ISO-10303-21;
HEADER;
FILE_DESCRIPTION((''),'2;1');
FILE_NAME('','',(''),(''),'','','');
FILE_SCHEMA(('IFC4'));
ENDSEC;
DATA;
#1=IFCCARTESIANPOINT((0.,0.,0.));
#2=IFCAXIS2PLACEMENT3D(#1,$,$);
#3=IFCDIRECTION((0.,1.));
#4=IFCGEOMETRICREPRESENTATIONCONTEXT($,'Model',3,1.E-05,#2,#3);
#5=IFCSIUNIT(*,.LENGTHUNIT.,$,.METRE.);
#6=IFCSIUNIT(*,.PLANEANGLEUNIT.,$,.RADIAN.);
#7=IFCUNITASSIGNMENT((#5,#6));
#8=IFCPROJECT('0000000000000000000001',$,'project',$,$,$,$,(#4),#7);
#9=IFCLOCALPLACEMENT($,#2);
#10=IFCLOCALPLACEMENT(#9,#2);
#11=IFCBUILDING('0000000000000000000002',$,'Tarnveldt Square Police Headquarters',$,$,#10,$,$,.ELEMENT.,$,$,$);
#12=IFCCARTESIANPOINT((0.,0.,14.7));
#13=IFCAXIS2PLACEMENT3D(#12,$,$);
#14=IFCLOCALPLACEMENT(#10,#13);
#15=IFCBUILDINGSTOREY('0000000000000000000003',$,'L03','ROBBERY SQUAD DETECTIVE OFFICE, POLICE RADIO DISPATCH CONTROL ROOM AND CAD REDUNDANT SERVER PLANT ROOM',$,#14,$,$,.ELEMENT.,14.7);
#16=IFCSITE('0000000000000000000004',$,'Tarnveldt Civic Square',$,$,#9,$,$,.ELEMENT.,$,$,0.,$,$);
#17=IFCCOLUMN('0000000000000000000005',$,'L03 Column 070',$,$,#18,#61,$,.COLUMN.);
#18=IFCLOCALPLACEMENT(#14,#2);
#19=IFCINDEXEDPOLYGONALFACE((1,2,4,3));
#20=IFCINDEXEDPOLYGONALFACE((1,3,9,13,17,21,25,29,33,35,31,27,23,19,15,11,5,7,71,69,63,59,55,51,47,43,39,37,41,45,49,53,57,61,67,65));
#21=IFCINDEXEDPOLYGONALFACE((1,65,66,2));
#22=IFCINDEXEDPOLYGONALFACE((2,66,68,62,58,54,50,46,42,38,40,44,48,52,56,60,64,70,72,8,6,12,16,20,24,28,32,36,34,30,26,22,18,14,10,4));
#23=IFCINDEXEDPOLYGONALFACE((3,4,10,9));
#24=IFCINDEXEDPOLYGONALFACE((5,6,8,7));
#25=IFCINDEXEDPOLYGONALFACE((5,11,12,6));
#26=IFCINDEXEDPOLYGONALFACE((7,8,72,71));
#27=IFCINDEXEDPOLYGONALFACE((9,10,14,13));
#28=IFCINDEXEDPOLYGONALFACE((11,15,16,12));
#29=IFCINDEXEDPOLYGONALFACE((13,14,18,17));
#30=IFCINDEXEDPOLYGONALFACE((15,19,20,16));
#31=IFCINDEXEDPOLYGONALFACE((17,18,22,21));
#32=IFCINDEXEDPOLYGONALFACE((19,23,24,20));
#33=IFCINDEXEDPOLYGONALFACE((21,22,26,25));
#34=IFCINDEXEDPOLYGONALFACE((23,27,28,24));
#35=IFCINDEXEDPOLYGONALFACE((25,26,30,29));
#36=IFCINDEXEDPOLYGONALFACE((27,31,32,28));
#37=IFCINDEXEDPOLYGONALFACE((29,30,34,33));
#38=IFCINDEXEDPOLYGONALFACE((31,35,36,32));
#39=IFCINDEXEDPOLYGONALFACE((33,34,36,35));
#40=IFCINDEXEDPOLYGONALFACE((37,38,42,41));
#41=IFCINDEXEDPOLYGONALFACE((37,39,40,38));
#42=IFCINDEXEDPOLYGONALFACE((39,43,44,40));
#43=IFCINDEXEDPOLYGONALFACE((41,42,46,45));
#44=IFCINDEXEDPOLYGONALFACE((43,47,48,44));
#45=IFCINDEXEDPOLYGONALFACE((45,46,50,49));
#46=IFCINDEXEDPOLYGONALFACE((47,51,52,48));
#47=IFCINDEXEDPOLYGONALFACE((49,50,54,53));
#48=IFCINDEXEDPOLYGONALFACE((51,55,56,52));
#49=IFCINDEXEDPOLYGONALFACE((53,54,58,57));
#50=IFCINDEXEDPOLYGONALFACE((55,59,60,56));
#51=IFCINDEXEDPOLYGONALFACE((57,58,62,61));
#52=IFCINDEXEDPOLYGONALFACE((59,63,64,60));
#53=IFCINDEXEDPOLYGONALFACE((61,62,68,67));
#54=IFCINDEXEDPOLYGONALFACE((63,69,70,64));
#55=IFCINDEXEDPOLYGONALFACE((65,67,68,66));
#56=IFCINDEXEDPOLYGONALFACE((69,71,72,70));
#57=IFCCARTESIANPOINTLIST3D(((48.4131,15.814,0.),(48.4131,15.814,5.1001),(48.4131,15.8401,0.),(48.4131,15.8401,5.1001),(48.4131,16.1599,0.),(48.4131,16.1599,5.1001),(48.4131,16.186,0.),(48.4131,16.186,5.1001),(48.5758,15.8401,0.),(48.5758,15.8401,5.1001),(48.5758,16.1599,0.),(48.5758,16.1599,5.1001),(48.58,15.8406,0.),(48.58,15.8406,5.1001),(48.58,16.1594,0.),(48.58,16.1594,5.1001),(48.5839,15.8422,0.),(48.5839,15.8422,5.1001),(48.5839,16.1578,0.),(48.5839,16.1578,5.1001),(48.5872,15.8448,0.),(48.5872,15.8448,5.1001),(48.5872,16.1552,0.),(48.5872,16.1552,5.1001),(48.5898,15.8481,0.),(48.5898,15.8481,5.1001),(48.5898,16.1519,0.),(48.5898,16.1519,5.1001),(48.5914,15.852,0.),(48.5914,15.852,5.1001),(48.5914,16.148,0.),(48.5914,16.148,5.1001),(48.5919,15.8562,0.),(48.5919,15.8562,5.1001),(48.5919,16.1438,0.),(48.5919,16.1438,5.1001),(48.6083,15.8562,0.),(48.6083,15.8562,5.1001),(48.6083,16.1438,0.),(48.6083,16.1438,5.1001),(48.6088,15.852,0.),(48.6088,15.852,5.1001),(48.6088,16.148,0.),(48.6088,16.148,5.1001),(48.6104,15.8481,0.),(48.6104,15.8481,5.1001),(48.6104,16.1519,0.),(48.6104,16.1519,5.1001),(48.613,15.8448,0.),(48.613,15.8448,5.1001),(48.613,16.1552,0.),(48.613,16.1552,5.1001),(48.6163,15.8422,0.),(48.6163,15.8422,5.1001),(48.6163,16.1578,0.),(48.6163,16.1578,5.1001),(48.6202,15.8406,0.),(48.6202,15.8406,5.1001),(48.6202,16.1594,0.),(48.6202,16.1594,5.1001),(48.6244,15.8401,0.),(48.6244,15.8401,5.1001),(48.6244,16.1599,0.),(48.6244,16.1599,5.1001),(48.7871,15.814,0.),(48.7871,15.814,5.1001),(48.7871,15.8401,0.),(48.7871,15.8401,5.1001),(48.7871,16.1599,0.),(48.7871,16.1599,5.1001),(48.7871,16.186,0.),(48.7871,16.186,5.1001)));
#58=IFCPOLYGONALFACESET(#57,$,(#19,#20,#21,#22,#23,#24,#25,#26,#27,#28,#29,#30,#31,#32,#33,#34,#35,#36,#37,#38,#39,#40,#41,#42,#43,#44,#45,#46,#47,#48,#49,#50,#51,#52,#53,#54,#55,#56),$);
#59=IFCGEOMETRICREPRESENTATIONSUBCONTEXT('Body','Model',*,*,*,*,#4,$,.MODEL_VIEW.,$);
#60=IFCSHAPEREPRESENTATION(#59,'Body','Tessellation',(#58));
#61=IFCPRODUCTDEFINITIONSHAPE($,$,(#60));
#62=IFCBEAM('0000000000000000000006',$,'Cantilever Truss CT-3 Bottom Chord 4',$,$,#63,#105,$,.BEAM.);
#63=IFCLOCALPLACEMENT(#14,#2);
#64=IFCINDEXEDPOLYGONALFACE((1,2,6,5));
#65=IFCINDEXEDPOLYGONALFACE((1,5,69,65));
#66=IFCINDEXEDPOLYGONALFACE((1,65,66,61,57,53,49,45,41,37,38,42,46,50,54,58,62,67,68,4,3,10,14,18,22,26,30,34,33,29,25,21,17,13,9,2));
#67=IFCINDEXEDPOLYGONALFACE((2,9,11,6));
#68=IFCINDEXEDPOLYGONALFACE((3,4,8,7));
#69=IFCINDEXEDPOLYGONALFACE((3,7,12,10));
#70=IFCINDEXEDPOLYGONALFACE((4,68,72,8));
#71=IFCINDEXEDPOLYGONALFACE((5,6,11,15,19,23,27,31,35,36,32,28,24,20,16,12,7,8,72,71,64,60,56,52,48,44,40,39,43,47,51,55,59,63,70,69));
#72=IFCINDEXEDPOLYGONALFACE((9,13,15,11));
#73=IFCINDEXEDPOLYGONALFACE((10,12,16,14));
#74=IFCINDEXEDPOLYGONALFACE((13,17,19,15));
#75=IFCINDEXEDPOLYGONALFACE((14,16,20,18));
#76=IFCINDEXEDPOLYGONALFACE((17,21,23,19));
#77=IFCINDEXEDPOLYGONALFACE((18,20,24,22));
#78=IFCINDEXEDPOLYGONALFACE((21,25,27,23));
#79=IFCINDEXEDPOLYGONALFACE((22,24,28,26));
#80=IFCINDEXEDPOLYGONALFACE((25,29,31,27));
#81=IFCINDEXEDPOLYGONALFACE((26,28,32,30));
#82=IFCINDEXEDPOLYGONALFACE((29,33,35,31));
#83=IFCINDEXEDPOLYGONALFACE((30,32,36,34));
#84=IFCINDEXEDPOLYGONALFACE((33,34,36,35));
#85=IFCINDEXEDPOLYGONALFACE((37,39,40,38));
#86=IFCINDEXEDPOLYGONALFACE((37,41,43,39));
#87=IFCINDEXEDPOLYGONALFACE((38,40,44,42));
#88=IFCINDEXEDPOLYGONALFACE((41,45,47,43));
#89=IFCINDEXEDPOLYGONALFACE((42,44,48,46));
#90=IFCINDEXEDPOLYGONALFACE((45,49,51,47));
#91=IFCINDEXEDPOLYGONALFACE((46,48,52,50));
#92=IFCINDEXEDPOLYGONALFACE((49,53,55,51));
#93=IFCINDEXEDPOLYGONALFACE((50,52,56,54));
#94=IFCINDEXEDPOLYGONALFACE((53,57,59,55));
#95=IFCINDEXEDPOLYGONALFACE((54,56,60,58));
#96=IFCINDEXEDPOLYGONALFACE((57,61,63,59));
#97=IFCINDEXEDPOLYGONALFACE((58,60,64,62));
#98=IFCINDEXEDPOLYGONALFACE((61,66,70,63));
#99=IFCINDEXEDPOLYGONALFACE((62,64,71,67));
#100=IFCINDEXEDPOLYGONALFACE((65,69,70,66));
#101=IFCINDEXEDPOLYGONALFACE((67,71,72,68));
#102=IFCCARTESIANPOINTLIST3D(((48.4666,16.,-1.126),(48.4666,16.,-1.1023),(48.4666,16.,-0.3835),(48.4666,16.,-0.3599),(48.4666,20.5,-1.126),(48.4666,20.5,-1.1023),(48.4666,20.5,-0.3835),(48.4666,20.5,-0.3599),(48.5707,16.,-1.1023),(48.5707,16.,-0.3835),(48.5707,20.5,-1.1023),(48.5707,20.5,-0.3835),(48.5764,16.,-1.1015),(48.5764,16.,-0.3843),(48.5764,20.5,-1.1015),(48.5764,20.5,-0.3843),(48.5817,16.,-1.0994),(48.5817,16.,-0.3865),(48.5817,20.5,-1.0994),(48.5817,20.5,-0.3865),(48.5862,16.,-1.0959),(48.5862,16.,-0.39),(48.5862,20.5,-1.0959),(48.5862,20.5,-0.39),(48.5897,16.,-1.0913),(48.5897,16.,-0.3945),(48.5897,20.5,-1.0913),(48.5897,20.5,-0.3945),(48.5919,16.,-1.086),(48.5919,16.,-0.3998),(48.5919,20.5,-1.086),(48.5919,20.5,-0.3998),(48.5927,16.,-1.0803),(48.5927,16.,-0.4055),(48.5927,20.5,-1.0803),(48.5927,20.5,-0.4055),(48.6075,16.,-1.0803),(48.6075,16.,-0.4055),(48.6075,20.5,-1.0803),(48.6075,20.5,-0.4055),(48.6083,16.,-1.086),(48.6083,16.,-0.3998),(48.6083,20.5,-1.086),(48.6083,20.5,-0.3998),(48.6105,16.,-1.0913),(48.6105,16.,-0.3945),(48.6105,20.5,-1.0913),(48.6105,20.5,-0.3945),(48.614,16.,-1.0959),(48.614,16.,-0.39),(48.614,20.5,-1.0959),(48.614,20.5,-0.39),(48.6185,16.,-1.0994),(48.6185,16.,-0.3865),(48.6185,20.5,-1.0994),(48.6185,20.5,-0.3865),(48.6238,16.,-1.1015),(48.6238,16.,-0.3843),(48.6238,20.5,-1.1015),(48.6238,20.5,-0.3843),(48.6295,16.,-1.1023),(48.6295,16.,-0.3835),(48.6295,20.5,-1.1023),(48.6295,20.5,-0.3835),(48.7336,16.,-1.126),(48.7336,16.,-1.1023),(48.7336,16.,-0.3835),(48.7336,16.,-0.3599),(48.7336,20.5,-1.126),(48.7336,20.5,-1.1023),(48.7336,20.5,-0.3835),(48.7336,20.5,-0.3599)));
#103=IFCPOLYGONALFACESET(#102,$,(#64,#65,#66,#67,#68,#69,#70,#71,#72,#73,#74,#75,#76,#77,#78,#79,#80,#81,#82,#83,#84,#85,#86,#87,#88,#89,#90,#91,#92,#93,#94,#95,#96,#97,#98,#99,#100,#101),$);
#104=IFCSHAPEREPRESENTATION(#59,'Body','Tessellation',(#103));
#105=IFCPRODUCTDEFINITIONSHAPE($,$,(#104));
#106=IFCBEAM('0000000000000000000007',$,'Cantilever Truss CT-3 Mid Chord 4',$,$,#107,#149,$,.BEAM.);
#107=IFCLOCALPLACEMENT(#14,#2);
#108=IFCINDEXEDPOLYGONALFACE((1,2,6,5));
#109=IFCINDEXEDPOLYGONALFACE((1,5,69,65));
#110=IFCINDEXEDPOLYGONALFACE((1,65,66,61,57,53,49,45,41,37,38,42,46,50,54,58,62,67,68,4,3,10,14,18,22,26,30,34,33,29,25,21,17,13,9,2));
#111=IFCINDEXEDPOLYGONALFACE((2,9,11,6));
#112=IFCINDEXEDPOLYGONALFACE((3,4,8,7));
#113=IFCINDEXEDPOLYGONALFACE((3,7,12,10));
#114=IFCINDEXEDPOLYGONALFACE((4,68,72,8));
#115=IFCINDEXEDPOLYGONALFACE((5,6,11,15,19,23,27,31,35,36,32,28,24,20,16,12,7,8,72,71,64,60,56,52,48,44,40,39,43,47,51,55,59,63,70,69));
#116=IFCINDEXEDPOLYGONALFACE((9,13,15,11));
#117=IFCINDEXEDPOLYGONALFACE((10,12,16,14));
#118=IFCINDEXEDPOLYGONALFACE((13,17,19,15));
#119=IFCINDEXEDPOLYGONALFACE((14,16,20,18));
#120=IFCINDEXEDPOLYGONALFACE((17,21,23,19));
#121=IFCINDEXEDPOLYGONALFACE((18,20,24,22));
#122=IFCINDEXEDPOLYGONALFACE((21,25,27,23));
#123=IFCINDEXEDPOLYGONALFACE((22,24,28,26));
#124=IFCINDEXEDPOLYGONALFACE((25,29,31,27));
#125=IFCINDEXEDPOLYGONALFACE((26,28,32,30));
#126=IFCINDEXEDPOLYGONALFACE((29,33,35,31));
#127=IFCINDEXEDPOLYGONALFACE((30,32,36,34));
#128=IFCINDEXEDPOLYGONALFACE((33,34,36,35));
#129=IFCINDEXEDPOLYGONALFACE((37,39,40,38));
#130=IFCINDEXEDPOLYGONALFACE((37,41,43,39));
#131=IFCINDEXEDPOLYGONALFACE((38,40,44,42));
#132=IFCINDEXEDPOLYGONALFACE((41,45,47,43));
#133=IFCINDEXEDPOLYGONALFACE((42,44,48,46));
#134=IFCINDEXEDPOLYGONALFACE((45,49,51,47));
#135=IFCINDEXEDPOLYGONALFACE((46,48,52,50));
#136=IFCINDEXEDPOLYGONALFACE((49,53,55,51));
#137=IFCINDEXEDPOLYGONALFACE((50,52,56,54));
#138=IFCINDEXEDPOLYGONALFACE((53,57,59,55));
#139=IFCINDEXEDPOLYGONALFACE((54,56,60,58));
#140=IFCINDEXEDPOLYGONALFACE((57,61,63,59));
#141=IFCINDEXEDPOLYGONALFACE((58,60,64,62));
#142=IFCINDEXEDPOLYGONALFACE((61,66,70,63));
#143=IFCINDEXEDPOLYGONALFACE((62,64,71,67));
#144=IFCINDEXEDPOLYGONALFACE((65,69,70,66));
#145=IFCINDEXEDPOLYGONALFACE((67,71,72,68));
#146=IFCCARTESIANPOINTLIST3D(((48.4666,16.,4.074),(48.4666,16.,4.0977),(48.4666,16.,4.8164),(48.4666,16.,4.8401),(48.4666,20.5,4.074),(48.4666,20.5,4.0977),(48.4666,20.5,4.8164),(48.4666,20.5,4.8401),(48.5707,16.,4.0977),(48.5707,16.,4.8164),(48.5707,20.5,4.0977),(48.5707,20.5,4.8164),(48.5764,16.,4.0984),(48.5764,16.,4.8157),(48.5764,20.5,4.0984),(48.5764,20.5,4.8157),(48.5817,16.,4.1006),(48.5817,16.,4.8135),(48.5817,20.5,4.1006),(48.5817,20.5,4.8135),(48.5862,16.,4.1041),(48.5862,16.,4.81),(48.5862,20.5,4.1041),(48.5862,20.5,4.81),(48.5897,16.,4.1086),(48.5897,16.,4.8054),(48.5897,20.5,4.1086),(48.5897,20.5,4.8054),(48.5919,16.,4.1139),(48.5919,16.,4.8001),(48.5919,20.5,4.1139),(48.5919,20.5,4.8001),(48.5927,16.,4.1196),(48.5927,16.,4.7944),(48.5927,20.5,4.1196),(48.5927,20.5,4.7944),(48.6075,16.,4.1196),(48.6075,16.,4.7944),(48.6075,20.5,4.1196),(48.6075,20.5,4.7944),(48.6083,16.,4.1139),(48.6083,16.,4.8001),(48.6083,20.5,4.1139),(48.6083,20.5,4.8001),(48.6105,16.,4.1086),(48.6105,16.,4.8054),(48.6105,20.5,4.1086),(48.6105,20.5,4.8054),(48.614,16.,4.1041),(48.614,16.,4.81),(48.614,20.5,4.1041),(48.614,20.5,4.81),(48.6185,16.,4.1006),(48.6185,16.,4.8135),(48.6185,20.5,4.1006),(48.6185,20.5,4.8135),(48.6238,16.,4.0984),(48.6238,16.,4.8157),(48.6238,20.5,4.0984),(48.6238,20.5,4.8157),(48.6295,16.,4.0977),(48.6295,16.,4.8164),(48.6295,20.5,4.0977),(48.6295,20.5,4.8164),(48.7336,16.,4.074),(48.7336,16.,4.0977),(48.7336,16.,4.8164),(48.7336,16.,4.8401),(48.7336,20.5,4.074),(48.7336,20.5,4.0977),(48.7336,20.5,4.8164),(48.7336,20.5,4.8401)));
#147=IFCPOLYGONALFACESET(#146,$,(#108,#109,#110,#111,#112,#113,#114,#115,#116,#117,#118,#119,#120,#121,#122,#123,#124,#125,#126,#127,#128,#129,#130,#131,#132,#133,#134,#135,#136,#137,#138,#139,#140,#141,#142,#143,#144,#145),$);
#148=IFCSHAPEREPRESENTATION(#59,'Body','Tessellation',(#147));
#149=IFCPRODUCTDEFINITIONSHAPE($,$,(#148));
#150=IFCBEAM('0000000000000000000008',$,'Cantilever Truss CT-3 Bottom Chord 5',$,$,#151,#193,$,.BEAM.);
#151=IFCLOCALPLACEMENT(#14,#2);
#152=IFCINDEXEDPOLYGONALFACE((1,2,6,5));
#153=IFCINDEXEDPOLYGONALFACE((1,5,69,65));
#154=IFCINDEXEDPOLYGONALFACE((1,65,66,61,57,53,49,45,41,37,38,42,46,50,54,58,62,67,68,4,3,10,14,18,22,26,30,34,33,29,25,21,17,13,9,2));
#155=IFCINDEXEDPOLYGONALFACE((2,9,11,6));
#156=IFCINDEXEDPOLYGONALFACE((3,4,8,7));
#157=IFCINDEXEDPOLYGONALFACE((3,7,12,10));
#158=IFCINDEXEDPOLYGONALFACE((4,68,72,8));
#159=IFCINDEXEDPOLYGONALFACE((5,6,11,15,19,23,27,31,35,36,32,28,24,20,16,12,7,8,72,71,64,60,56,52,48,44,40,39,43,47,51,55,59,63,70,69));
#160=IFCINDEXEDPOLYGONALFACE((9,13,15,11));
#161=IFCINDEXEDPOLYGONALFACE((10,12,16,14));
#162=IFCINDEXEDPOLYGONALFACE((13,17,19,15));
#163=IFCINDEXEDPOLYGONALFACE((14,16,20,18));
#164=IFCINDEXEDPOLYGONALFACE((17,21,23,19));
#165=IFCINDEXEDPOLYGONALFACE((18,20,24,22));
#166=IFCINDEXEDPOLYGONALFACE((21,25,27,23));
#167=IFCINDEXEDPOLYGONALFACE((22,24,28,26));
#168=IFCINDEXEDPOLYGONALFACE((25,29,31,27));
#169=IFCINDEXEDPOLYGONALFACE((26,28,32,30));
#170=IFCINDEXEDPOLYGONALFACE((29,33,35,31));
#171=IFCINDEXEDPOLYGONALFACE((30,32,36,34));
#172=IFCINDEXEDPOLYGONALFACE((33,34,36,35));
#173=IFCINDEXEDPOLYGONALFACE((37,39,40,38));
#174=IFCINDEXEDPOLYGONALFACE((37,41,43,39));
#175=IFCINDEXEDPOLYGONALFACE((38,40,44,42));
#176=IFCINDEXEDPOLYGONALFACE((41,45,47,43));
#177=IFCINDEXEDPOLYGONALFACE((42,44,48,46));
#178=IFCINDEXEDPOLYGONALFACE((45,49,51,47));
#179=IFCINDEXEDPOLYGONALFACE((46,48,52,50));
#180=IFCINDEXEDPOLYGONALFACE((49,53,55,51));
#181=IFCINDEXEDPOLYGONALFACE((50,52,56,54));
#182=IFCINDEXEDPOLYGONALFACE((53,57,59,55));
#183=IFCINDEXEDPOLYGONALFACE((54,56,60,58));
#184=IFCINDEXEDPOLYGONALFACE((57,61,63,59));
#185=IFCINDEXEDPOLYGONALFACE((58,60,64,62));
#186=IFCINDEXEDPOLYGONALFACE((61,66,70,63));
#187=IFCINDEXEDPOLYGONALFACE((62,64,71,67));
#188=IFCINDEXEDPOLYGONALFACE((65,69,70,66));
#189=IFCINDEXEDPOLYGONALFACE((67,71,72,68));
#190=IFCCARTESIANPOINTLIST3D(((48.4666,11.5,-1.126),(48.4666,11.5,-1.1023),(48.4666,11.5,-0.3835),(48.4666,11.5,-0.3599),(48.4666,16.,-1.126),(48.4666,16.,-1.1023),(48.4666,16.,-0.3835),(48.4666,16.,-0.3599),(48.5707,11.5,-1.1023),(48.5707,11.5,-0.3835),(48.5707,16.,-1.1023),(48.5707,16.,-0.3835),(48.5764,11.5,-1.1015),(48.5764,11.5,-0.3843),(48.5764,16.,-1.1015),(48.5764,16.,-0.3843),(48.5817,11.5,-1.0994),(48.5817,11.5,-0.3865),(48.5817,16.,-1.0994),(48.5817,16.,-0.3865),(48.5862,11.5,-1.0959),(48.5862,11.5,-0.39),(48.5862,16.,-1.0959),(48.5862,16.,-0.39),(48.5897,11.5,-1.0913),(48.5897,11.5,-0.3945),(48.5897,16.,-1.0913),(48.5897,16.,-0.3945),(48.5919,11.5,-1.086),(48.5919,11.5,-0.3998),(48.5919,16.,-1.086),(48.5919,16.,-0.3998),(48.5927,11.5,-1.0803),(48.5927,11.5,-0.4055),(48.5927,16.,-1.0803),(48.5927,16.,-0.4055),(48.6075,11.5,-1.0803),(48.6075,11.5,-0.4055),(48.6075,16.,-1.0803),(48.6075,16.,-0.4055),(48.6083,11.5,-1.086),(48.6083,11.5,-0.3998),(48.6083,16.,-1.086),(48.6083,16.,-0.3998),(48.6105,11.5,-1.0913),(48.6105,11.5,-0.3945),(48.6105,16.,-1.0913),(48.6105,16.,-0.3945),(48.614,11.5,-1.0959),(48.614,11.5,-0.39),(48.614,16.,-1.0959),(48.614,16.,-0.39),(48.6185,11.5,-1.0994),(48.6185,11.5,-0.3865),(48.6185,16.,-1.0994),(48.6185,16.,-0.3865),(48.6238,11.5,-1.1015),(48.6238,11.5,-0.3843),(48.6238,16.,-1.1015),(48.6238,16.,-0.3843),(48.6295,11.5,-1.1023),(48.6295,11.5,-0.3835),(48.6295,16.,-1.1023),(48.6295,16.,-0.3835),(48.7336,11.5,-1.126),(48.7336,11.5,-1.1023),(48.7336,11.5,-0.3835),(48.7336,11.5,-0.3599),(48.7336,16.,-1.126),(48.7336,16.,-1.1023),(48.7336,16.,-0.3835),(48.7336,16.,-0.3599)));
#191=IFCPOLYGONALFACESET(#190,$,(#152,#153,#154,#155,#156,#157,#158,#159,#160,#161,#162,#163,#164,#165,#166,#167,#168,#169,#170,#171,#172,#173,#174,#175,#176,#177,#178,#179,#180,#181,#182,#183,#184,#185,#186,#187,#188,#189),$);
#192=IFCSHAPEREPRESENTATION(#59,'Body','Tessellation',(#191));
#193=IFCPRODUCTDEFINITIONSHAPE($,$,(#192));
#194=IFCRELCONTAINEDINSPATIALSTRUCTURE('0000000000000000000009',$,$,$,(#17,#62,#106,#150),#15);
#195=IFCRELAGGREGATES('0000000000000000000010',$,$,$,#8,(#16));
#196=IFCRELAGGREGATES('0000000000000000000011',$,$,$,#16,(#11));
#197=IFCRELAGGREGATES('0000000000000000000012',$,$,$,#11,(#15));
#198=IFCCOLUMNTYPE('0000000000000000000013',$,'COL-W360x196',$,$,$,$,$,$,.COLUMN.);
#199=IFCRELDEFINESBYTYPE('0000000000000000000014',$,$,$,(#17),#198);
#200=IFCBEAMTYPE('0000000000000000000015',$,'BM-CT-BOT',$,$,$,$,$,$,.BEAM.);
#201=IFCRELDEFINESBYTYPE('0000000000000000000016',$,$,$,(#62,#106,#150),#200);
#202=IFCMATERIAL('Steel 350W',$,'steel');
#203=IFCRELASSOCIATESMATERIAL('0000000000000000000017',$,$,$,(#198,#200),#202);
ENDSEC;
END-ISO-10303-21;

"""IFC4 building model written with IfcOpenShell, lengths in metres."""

from ifc_helpers import new_model, si_unit, direction, frame, origin, origin_2d, place, context, subcontext, project, spatial, i_section, extrude, material, material_profile, profile_set, type_object, element, save


model = new_model("IFC4")

# Units and contexts
model_context = context("Model", 3, precision=1e-05, world=origin(), true_north=direction((0.0, 1.0)))
body_context = subcontext(model_context, "Body", "Model", "MODEL_VIEW")
ifc_project = project(units=[si_unit("LENGTHUNIT", "METRE"), si_unit("PLANEANGLEUNIT", "RADIAN")], contexts=[model_context])

# Site, building, storey
site_placement = place(None, origin())
site = spatial("IfcSite", under=ifc_project, at=site_placement, Name="Tarnveldt Civic Square", CompositionType="ELEMENT", RefElevation=0.0)
building_placement = place(site_placement, origin())
building = spatial("IfcBuilding", under=site, at=building_placement, Name="Tarnveldt Square Police Headquarters", CompositionType="ELEMENT")
storey_placement = place(building_placement, frame((0.0, 0.0, 14.7)))
storey = spatial("IfcBuildingStorey", under=building, at=storey_placement, Name="L03", Description="ROBBERY SQUAD DETECTIVE OFFICE, POLICE RADIO DISPATCH CONTROL ROOM AND CAD REDUNDANT SERVER PLANT ROOM", CompositionType="ELEMENT", Elevation=14.7)

# Column
ifc_material_1 = material(Name="Steel 350W", Category="steel")
ifc_material_profile_1 = material_profile(ifc_material_1, i_section(OverallWidth=0.374, OverallDepth=0.3721, WebThickness=0.0164, FlangeThickness=0.0261, FilletRadius=0.0161, at=origin_2d()), Name="W360x196")
ifc_profile_set_1 = profile_set([ifc_material_profile_1], Name="Steel 350W")
column_type = type_object("IfcColumnType", Name="COL-W360x196", PredefinedType="COLUMN", material=ifc_profile_set_1)
column_placement = place(storey_placement, frame((48.6001, 16.0, 0.0), z_axis=(0.0, 0.0, 1.0), x_axis=(1.0, 0.0, 0.0)))
element("IfcColumn", 1, at=column_placement, inside=storey, type_object=column_type, Name="L03 Column 070", PredefinedType="COLUMN", context=body_context, shape_type="SweptSolid", body=[
    extrude(i_section(OverallWidth=0.374, OverallDepth=0.3721, WebThickness=0.0164, FlangeThickness=0.0261, FilletRadius=0.0161, at=origin_2d()), origin(), (0.0, 0.0, 1.0), 5.1001),
])

# Beams
ifc_material_profile_2 = material_profile(ifc_material_1, i_section(OverallWidth=0.2671, OverallDepth=0.7661, WebThickness=0.0149, FlangeThickness=0.0237, FilletRadius=0.022, at=origin_2d()), Name="W760x185")
ifc_profile_set_2 = profile_set([ifc_material_profile_2], Name="Steel 350W")
beam_type_1 = type_object("IfcBeamType", Name="BM-CT-BOT", PredefinedType="BEAM", material=ifc_profile_set_2)
for number, where, z_axis, x_axis, name in (
    (2, (48.6001, 20.5, -0.7429), (0.0, -1.0, 0.0), (1.0, 0.0, 0.0), "Cantilever Truss CT-3 Bottom Chord 4"),
    (3, (48.6001, 20.5, 4.457), (0.0, -1.0, 0.0), (1.0, 0.0, 0.0), "Cantilever Truss CT-3 Mid Chord 4"),
    (4, (48.6001, 16.0, -0.7429), (0.0, -1.0, 0.0), (1.0, 0.0, 0.0), "Cantilever Truss CT-3 Bottom Chord 5"),
):
    element("IfcBeam", number, at=place(storey_placement, frame(where, z_axis=z_axis, x_axis=x_axis)), inside=storey, type_object=beam_type_1, Name=name, PredefinedType="BEAM", context=body_context, shape_type="SweptSolid", body=[
        extrude(i_section(OverallWidth=0.2671, OverallDepth=0.7661, WebThickness=0.0149, FlangeThickness=0.0237, FilletRadius=0.022, at=origin_2d()), origin(), (0.0, 0.0, 1.0), 4.5),
    ])

save(model, "model.ifc")
